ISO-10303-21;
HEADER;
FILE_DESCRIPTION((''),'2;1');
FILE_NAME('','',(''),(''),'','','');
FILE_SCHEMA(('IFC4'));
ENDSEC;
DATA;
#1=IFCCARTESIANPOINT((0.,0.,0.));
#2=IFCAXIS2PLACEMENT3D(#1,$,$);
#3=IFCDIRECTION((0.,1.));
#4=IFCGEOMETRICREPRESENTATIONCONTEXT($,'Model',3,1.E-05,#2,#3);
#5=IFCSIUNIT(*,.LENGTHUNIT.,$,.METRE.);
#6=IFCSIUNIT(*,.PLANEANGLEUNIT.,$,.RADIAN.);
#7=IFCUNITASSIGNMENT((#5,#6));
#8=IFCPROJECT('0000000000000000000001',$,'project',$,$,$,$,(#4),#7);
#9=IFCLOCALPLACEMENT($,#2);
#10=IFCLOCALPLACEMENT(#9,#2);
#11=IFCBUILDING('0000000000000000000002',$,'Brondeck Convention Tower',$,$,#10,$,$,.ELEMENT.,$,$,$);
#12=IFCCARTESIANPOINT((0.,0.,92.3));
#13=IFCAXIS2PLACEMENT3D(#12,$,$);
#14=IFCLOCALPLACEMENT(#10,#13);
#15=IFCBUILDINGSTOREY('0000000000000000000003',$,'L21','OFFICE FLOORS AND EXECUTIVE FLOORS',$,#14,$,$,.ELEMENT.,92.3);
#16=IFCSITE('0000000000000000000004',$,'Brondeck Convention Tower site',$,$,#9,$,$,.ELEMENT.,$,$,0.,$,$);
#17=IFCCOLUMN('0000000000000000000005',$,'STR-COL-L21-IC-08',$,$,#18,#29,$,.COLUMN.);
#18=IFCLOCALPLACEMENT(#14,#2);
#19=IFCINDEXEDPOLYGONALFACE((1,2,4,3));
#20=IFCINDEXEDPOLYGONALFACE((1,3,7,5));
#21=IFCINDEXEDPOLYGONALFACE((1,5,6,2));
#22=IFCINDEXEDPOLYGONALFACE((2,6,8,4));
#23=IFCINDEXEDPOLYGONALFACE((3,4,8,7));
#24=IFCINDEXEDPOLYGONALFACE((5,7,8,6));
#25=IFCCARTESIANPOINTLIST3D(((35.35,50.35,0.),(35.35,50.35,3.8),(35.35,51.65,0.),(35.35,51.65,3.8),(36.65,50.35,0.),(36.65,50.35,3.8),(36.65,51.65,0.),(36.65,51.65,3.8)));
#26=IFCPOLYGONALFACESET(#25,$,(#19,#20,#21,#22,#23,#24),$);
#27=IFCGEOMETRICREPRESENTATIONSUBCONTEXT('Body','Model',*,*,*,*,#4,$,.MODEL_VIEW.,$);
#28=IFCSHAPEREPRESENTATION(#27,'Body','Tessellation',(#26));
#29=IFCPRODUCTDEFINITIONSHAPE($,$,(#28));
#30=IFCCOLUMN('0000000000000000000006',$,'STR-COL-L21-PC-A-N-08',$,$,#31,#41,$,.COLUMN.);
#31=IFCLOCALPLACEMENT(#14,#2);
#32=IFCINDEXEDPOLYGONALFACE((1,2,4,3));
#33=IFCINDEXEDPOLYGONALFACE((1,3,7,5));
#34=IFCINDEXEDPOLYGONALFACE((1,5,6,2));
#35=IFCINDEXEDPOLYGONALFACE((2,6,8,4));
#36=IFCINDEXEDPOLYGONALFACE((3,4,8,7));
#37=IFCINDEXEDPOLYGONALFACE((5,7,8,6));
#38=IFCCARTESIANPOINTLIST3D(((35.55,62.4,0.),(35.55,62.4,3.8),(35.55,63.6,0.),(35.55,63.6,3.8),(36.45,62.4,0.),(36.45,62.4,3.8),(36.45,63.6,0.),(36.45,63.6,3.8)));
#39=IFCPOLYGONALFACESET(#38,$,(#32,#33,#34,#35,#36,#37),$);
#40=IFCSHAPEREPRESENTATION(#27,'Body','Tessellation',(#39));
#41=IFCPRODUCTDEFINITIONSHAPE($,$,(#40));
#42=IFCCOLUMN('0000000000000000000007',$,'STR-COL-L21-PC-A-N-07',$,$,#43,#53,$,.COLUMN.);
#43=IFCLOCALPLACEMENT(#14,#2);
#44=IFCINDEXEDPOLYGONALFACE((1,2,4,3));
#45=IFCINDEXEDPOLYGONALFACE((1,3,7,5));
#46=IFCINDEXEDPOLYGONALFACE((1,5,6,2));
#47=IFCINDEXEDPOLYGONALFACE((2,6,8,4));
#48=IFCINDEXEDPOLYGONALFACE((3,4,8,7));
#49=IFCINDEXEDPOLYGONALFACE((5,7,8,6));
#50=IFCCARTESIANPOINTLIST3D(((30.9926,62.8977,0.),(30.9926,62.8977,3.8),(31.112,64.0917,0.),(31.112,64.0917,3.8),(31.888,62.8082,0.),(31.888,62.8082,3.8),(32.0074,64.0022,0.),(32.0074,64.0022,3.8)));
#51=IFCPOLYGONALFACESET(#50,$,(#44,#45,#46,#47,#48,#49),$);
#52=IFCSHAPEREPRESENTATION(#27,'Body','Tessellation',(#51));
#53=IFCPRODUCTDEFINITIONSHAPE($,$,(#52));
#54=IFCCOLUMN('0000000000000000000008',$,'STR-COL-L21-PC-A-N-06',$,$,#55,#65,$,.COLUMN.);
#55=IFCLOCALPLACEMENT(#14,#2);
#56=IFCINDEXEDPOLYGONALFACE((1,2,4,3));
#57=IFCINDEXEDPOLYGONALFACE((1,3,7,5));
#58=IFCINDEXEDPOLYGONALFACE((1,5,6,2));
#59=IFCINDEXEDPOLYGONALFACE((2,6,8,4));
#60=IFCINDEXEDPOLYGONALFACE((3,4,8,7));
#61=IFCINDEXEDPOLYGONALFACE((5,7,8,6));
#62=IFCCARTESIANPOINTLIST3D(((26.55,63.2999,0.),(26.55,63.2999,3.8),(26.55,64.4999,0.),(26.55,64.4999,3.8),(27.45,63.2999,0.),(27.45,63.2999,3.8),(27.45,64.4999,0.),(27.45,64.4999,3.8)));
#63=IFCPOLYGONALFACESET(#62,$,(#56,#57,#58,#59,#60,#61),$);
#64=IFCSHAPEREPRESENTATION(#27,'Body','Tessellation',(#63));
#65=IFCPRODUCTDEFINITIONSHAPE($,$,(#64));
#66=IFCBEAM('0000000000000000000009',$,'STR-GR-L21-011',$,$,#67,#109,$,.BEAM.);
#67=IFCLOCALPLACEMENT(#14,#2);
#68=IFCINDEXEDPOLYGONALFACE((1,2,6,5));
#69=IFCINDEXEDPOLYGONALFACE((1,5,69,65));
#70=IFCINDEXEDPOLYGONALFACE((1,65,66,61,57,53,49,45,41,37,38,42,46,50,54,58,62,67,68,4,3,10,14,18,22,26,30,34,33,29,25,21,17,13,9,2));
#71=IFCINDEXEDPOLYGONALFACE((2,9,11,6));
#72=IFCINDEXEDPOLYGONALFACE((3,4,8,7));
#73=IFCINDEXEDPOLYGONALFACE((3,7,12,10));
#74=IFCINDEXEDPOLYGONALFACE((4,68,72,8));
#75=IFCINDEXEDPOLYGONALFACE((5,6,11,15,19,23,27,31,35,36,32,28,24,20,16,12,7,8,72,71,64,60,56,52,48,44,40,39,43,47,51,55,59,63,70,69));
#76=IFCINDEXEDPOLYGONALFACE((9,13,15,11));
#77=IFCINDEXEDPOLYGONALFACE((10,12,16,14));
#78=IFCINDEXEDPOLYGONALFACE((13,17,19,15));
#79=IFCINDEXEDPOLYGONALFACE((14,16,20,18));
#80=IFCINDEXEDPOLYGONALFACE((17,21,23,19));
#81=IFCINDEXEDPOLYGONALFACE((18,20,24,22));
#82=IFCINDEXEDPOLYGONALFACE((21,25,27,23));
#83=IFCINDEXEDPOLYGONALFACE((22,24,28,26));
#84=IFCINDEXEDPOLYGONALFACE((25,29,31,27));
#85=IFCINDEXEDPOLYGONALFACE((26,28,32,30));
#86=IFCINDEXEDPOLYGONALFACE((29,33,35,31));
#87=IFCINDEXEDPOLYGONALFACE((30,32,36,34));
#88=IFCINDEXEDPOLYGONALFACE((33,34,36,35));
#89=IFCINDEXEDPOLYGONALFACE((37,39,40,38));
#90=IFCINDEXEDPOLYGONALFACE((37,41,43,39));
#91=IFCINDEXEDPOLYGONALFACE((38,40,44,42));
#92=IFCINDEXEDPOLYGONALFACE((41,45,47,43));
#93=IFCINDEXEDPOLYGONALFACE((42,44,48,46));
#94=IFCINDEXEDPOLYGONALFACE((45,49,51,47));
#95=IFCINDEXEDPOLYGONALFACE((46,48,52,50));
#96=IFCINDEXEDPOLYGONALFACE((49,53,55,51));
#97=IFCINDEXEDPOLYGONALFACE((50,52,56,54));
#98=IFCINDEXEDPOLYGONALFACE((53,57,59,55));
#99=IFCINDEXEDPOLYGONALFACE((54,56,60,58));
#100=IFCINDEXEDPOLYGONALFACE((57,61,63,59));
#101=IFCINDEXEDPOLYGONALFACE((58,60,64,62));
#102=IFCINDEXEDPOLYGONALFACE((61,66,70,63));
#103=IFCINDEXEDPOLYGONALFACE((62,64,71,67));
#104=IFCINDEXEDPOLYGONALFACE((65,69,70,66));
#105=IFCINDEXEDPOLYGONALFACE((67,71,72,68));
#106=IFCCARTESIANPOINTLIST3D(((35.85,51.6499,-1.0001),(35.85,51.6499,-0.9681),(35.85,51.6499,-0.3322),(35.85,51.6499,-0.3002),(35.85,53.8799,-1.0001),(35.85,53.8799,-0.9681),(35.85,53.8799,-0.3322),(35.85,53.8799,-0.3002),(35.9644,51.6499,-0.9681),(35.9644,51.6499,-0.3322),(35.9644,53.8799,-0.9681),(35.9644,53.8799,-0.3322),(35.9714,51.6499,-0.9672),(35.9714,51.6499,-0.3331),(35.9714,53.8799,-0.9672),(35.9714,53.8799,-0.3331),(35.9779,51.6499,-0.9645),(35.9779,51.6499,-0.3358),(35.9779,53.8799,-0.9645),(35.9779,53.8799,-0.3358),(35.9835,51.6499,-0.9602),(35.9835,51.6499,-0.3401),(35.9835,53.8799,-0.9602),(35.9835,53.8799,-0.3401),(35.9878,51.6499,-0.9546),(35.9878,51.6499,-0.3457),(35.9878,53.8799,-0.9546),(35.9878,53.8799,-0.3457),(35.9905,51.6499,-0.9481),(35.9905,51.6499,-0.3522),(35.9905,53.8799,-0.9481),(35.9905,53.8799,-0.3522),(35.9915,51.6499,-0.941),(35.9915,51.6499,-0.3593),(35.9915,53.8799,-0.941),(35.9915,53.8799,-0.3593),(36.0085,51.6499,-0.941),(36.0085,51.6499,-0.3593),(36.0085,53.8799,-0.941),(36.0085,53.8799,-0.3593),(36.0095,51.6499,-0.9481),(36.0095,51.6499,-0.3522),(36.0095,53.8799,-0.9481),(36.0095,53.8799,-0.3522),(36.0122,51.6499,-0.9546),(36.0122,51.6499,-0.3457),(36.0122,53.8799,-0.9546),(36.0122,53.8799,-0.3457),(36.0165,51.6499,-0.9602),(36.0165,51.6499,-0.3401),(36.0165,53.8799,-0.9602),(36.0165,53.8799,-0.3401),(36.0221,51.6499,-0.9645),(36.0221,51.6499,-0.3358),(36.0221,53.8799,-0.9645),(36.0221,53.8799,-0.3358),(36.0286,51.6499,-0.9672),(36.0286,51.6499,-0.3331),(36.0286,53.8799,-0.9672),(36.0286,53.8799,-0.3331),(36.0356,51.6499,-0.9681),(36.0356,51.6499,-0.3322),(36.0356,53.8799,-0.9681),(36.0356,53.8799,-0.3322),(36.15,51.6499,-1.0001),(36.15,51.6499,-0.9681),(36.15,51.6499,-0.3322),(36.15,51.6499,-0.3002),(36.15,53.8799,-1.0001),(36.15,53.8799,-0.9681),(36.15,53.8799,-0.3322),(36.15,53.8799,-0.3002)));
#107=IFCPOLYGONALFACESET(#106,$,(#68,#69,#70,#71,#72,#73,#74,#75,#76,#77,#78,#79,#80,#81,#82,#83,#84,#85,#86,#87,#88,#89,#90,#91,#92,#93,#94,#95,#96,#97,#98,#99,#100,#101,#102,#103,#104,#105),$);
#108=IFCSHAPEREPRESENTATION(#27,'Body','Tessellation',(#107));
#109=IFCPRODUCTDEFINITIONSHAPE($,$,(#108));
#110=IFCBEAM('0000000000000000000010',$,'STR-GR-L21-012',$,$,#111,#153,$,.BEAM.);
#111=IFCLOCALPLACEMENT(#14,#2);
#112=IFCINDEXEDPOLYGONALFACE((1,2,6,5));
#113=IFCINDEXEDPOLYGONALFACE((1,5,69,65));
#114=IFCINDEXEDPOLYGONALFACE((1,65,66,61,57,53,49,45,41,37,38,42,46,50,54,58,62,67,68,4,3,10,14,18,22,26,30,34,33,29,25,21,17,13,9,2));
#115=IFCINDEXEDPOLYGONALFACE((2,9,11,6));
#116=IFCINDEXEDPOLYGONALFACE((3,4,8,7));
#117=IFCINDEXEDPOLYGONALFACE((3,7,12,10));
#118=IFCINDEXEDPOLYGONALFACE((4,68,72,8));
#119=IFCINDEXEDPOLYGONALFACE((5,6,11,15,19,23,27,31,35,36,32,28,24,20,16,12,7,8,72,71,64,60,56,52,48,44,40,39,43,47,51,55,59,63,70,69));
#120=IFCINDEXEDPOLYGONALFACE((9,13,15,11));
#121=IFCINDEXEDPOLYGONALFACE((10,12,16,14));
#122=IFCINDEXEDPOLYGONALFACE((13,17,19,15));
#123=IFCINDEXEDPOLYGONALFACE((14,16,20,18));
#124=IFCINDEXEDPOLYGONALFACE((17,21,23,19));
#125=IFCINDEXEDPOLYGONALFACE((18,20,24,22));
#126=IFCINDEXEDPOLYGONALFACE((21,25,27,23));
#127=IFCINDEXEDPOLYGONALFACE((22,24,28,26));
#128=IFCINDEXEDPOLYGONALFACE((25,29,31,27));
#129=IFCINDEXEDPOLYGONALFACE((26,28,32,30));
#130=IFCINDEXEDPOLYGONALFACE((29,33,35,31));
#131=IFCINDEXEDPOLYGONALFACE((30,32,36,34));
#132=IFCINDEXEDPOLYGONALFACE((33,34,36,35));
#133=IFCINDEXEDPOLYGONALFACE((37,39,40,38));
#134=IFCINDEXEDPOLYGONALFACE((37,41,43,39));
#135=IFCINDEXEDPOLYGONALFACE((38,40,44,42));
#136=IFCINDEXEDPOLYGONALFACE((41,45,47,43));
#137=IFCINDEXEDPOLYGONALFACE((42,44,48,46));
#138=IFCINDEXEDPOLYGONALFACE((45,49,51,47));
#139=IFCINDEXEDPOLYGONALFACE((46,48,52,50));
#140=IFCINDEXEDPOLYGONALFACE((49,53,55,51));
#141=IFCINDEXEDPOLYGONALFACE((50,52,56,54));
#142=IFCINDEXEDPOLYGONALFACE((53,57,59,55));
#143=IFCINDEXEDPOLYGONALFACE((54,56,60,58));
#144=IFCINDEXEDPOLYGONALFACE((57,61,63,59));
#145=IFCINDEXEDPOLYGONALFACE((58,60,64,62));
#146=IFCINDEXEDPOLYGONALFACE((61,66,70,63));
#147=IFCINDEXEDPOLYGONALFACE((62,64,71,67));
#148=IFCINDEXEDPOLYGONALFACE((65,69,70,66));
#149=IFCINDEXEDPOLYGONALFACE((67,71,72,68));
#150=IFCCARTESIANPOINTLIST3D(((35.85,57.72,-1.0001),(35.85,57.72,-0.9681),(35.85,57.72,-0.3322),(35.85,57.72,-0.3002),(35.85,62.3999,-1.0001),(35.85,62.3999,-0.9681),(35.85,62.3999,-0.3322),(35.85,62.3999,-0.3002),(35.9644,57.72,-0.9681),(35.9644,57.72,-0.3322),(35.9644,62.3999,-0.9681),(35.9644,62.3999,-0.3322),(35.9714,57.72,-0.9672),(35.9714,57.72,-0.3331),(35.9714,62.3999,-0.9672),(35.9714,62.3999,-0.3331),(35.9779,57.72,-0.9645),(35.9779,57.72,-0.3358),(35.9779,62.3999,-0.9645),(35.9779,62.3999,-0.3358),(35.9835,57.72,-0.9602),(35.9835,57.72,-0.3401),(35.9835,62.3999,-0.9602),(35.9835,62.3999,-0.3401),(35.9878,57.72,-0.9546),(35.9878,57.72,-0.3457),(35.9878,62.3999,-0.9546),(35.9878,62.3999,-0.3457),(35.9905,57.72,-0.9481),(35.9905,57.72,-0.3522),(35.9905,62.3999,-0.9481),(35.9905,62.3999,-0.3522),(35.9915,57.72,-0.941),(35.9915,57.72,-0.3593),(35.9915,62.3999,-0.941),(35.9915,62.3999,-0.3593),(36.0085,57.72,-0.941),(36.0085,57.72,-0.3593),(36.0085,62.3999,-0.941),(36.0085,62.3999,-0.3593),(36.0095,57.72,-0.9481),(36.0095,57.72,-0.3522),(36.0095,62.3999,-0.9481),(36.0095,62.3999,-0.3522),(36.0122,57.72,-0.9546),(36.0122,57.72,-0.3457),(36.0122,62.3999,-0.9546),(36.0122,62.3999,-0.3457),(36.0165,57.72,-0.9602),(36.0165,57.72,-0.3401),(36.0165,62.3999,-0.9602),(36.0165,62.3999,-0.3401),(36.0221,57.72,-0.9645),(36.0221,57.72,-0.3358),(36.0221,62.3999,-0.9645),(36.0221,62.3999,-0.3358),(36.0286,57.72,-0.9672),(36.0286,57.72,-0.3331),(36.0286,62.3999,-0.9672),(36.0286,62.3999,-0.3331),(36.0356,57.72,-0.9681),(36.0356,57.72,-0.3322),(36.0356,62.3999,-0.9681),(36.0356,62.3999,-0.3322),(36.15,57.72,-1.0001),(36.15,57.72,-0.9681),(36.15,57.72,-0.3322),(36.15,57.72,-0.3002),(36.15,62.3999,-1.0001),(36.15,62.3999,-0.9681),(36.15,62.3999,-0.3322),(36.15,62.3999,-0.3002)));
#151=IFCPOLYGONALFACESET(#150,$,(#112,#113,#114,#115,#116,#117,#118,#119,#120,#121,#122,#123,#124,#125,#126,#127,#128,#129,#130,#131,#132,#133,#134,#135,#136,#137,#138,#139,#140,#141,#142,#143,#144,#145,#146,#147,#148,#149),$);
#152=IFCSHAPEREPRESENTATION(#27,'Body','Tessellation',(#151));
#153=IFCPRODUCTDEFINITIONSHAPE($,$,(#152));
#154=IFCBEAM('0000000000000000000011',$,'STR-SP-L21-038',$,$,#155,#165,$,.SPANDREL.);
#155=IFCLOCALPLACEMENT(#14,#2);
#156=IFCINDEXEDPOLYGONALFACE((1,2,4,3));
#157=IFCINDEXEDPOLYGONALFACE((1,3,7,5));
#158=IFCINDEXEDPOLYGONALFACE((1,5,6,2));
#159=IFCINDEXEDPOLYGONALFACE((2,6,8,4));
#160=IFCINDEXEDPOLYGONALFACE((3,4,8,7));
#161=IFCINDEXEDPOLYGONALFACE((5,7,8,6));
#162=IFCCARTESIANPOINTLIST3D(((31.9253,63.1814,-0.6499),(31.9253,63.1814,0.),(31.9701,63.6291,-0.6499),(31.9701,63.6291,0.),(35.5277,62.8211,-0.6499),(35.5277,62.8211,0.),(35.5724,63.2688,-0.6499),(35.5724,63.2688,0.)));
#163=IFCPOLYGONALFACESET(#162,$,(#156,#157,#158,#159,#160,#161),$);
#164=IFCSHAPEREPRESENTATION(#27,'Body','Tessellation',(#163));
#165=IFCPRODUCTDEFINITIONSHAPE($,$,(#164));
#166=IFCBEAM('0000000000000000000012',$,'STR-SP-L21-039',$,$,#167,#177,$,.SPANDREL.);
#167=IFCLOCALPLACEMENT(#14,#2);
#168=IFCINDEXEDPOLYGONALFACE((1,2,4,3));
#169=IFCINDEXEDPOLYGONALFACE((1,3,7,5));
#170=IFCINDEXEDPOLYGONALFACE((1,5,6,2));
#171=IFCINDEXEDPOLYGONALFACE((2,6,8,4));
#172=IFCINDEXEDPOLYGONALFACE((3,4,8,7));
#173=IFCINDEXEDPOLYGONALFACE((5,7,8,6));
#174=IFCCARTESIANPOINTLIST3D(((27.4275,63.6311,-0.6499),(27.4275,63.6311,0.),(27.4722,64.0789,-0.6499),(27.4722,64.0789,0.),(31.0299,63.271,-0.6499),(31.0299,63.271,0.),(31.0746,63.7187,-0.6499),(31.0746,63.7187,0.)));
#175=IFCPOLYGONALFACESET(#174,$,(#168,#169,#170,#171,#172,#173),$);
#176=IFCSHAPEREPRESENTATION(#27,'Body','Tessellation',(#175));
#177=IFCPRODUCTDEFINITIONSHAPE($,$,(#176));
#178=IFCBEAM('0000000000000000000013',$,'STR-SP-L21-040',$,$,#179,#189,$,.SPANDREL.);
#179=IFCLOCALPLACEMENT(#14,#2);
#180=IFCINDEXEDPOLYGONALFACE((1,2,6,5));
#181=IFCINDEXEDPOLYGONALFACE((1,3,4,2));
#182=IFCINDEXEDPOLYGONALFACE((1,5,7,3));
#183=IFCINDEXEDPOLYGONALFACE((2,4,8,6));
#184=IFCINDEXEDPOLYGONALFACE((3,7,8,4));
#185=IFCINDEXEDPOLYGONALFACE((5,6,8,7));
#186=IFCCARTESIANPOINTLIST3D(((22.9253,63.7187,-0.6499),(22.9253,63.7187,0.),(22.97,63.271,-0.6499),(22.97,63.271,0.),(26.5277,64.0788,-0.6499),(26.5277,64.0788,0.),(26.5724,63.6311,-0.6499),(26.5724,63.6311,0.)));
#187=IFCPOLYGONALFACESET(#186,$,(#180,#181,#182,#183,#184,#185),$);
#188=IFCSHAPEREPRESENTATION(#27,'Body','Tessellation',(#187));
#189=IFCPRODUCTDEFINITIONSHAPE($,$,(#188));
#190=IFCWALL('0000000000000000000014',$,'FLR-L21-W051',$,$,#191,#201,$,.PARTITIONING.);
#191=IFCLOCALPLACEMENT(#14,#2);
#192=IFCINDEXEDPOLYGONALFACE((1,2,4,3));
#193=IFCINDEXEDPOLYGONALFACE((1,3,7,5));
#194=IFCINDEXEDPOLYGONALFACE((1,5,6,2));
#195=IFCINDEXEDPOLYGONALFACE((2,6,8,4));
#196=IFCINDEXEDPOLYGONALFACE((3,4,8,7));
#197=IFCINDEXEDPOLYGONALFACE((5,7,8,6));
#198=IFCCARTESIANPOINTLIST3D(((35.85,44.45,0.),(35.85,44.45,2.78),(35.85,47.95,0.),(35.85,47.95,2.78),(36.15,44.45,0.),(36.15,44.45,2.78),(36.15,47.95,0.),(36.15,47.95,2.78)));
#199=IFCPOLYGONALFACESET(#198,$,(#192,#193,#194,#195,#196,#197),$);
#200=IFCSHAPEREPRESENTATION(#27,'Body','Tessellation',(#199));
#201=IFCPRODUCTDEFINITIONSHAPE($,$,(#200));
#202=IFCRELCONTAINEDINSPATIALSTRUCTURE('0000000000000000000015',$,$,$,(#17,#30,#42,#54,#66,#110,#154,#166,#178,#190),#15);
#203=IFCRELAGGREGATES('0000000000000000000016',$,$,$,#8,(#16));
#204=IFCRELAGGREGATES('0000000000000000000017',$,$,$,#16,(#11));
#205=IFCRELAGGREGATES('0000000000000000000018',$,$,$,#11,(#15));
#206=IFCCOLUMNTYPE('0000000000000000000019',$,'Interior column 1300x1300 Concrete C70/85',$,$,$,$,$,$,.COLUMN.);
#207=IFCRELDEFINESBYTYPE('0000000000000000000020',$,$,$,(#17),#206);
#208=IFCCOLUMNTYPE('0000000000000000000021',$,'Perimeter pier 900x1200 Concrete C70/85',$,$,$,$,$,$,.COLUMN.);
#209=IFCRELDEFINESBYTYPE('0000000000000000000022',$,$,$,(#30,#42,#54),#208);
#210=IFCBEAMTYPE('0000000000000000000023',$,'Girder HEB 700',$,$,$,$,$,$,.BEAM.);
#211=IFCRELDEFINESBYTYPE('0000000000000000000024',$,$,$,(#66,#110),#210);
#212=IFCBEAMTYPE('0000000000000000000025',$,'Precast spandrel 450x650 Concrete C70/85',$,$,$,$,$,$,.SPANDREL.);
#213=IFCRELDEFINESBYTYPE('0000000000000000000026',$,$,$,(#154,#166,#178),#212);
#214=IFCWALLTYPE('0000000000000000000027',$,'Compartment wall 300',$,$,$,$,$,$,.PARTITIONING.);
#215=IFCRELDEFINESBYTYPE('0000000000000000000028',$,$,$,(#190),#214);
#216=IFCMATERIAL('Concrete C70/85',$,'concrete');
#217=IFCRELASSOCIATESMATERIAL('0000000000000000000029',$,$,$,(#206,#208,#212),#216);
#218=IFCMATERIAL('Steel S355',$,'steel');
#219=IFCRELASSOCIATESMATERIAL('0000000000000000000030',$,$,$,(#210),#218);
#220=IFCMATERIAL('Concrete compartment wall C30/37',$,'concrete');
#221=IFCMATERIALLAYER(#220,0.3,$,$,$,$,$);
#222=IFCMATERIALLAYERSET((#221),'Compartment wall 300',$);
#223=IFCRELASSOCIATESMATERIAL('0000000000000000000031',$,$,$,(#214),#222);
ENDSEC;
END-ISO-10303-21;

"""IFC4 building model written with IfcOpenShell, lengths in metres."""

from ifc_helpers import new_model, si_unit, direction, frame, frame_2d, origin, origin_2d, place, context, subcontext, project, spatial, rectangle, i_section, extrude, material, layer, layer_set, material_profile, profile_set, type_object, element, save


model = new_model("IFC4")

# Units and contexts
model_context = context("Model", 3, precision=1e-05, world=origin(), true_north=direction((0.0, 1.0)))
body_context = subcontext(model_context, "Body", "Model", "MODEL_VIEW")
ifc_project = project(units=[si_unit("LENGTHUNIT", "METRE"), si_unit("PLANEANGLEUNIT", "RADIAN")], contexts=[model_context])

# Site, building, storey
site_placement = place(None, origin())
site = spatial("IfcSite", under=ifc_project, at=site_placement, Name="Brondeck Convention Tower site", CompositionType="ELEMENT", RefElevation=0.0)
building_placement = place(site_placement, origin())
building = spatial("IfcBuilding", under=site, at=building_placement, Name="Brondeck Convention Tower", CompositionType="ELEMENT")
storey_placement = place(building_placement, frame((0.0, 0.0, 92.3)))
storey = spatial("IfcBuildingStorey", under=building, at=storey_placement, Name="L21", Description="OFFICE FLOORS AND EXECUTIVE FLOORS", CompositionType="ELEMENT", Elevation=92.3)

# Columns
ifc_material_1 = material(Name="Concrete C70/85", Category="concrete")
ifc_material_profile_1 = material_profile(ifc_material_1, rectangle(XDim=1.3, YDim=1.3, at=origin_2d()), Name="Interior column 1300x1300 Concrete C70/85")
ifc_profile_set_1 = profile_set([ifc_material_profile_1], Name="Concrete C70/85")
column_type_1 = type_object("IfcColumnType", Name="Interior column 1300x1300 Concrete C70/85", PredefinedType="COLUMN", material=ifc_profile_set_1)
column_placement = place(storey_placement, frame((36.0, 51.0, 0.0), z_axis=(0.0, 0.0, 1.0), x_axis=(1.0, 0.0, 0.0)))
element("IfcColumn", 1, at=column_placement, inside=storey, type_object=column_type_1, Name="STR-COL-L21-IC-08", PredefinedType="COLUMN", context=body_context, shape_type="SweptSolid", body=[
    extrude(rectangle(XDim=1.3, YDim=1.3, at=origin_2d()), origin(), (0.0, 0.0, 1.0), 3.8),
])
ifc_material_profile_2 = material_profile(ifc_material_1, rectangle(XDim=0.8999, YDim=1.2, at=origin_2d()), Name="Perimeter pier 900x1200 Concrete C70/85")
ifc_profile_set_2 = profile_set([ifc_material_profile_2], Name="Concrete C70/85")
column_type_2 = type_object("IfcColumnType", Name="Perimeter pier 900x1200 Concrete C70/85", PredefinedType="COLUMN", material=ifc_profile_set_2)
for number, where, z_axis, x_axis, name in (
    (2, (36.0, 63.0, 0.0), (0.0, 0.0, 1.0), (-1.0, 0.0, 0.0), "STR-COL-L21-PC-A-N-08"),
    (3, (31.5, 63.45, 0.0), (0.0, 0.0, 1.0), (-0.995037, 0.099504, 0.0), "STR-COL-L21-PC-A-N-07"),
    (4, (27.0, 63.8999, 0.0), (0.0, 0.0, 1.0), (-1.0, 0.0, 0.0), "STR-COL-L21-PC-A-N-06"),
):
    element("IfcColumn", number, at=place(storey_placement, frame(where, z_axis=z_axis, x_axis=x_axis)), inside=storey, type_object=column_type_2, Name=name, PredefinedType="COLUMN", context=body_context, shape_type="SweptSolid", body=[
        extrude(rectangle(XDim=0.8999, YDim=1.2, at=origin_2d()), origin(), (0.0, 0.0, 1.0), 3.8),
    ])

# Beams
ifc_material_2 = material(Name="Steel S355", Category="steel")
ifc_material_profile_3 = material_profile(ifc_material_2, i_section(OverallWidth=0.3, OverallDepth=0.7, WebThickness=0.0171, FlangeThickness=0.032, FilletRadius=0.0271, at=origin_2d()), Name="HEB 700")
ifc_profile_set_3 = profile_set([ifc_material_profile_3], Name="Steel S355")
beam_type_1 = type_object("IfcBeamType", Name="Girder HEB 700", PredefinedType="BEAM", material=ifc_profile_set_3)
beam_1_placement = place(storey_placement, frame((36.0, 51.6499, -0.6501), z_axis=(0.0, 1.0, 0.0), x_axis=(-1.0, 0.0, 0.0)))
element("IfcBeam", 5, at=beam_1_placement, inside=storey, type_object=beam_type_1, Name="STR-GR-L21-011", PredefinedType="BEAM", context=body_context, shape_type="SweptSolid", body=[
    extrude(i_section(OverallWidth=0.3, OverallDepth=0.7, WebThickness=0.0171, FlangeThickness=0.032, FilletRadius=0.0271, at=origin_2d()), origin(), (0.0, 0.0, 1.0), 2.23),
])
beam_2_placement = place(storey_placement, frame((36.0, 57.72, -0.6501), z_axis=(0.0, 1.0, 0.0), x_axis=(-1.0, 0.0, 0.0)))
element("IfcBeam", 6, at=beam_2_placement, inside=storey, type_object=beam_type_1, Name="STR-GR-L21-012", PredefinedType="BEAM", context=body_context, shape_type="SweptSolid", body=[
    extrude(i_section(OverallWidth=0.3, OverallDepth=0.7, WebThickness=0.0171, FlangeThickness=0.032, FilletRadius=0.0271, at=origin_2d()), origin(), (0.0, 0.0, 1.0), 4.6799),
])
ifc_material_profile_4 = material_profile(ifc_material_1, rectangle(XDim=0.45, YDim=0.6499, at=origin_2d()), Name="Precast spandrel 450x650 Concrete C70/85")
ifc_profile_set_4 = profile_set([ifc_material_profile_4], Name="Concrete C70/85")
beam_type_2 = type_object("IfcBeamType", Name="Precast spandrel 450x650 Concrete C70/85", PredefinedType="SPANDREL", material=ifc_profile_set_4)
for number, where, z_axis, x_axis, name in (
    (7, (35.55, 63.0449, -0.325), (-0.995034, 0.099537, 0.0), (-0.099537, -0.995034, 0.0), "STR-SP-L21-038"),
    (8, (31.0522, 63.4949, -0.325), (-0.995041, 0.09947, 0.0), (-0.09947, -0.995041, 0.0), "STR-SP-L21-039"),
    (9, (26.55, 63.855, -0.325), (-0.995041, -0.09947, 0.0), (0.09947, -0.995041, 0.0), "STR-SP-L21-040"),
):
    element("IfcBeam", number, at=place(storey_placement, frame(where, z_axis=z_axis, x_axis=x_axis)), inside=storey, type_object=beam_type_2, Name=name, PredefinedType="SPANDREL", context=body_context, shape_type="SweptSolid", body=[
        extrude(rectangle(XDim=0.45, YDim=0.6499, at=origin_2d()), origin(), (0.0, 0.0, 1.0), 3.6204),
    ])

# Wall
ifc_material_3 = material(Name="Concrete compartment wall C30/37", Category="concrete")
ifc_layer_1 = layer(ifc_material_3, 0.3)
ifc_layer_set_1 = layer_set([ifc_layer_1], Name="Compartment wall 300")
wall_type_1 = type_object("IfcWallType", Name="Compartment wall 300", PredefinedType="PARTITIONING", material=ifc_layer_set_1)
wall_1_placement = place(storey_placement, frame((36.0, 44.45, 0.0), z_axis=(0.0, 0.0, 1.0), x_axis=(0.0, 1.0, 0.0)))
element("IfcWall", 10, at=wall_1_placement, inside=storey, type_object=wall_type_1, Name="FLR-L21-W051", PredefinedType="PARTITIONING", context=body_context, shape_type="SweptSolid", body=[
    extrude(rectangle(XDim=3.5, YDim=0.3, at=frame_2d((1.75, 0.0))), origin(), (0.0, 0.0, 1.0), 2.78),
])

save(model, "model.ifc")
